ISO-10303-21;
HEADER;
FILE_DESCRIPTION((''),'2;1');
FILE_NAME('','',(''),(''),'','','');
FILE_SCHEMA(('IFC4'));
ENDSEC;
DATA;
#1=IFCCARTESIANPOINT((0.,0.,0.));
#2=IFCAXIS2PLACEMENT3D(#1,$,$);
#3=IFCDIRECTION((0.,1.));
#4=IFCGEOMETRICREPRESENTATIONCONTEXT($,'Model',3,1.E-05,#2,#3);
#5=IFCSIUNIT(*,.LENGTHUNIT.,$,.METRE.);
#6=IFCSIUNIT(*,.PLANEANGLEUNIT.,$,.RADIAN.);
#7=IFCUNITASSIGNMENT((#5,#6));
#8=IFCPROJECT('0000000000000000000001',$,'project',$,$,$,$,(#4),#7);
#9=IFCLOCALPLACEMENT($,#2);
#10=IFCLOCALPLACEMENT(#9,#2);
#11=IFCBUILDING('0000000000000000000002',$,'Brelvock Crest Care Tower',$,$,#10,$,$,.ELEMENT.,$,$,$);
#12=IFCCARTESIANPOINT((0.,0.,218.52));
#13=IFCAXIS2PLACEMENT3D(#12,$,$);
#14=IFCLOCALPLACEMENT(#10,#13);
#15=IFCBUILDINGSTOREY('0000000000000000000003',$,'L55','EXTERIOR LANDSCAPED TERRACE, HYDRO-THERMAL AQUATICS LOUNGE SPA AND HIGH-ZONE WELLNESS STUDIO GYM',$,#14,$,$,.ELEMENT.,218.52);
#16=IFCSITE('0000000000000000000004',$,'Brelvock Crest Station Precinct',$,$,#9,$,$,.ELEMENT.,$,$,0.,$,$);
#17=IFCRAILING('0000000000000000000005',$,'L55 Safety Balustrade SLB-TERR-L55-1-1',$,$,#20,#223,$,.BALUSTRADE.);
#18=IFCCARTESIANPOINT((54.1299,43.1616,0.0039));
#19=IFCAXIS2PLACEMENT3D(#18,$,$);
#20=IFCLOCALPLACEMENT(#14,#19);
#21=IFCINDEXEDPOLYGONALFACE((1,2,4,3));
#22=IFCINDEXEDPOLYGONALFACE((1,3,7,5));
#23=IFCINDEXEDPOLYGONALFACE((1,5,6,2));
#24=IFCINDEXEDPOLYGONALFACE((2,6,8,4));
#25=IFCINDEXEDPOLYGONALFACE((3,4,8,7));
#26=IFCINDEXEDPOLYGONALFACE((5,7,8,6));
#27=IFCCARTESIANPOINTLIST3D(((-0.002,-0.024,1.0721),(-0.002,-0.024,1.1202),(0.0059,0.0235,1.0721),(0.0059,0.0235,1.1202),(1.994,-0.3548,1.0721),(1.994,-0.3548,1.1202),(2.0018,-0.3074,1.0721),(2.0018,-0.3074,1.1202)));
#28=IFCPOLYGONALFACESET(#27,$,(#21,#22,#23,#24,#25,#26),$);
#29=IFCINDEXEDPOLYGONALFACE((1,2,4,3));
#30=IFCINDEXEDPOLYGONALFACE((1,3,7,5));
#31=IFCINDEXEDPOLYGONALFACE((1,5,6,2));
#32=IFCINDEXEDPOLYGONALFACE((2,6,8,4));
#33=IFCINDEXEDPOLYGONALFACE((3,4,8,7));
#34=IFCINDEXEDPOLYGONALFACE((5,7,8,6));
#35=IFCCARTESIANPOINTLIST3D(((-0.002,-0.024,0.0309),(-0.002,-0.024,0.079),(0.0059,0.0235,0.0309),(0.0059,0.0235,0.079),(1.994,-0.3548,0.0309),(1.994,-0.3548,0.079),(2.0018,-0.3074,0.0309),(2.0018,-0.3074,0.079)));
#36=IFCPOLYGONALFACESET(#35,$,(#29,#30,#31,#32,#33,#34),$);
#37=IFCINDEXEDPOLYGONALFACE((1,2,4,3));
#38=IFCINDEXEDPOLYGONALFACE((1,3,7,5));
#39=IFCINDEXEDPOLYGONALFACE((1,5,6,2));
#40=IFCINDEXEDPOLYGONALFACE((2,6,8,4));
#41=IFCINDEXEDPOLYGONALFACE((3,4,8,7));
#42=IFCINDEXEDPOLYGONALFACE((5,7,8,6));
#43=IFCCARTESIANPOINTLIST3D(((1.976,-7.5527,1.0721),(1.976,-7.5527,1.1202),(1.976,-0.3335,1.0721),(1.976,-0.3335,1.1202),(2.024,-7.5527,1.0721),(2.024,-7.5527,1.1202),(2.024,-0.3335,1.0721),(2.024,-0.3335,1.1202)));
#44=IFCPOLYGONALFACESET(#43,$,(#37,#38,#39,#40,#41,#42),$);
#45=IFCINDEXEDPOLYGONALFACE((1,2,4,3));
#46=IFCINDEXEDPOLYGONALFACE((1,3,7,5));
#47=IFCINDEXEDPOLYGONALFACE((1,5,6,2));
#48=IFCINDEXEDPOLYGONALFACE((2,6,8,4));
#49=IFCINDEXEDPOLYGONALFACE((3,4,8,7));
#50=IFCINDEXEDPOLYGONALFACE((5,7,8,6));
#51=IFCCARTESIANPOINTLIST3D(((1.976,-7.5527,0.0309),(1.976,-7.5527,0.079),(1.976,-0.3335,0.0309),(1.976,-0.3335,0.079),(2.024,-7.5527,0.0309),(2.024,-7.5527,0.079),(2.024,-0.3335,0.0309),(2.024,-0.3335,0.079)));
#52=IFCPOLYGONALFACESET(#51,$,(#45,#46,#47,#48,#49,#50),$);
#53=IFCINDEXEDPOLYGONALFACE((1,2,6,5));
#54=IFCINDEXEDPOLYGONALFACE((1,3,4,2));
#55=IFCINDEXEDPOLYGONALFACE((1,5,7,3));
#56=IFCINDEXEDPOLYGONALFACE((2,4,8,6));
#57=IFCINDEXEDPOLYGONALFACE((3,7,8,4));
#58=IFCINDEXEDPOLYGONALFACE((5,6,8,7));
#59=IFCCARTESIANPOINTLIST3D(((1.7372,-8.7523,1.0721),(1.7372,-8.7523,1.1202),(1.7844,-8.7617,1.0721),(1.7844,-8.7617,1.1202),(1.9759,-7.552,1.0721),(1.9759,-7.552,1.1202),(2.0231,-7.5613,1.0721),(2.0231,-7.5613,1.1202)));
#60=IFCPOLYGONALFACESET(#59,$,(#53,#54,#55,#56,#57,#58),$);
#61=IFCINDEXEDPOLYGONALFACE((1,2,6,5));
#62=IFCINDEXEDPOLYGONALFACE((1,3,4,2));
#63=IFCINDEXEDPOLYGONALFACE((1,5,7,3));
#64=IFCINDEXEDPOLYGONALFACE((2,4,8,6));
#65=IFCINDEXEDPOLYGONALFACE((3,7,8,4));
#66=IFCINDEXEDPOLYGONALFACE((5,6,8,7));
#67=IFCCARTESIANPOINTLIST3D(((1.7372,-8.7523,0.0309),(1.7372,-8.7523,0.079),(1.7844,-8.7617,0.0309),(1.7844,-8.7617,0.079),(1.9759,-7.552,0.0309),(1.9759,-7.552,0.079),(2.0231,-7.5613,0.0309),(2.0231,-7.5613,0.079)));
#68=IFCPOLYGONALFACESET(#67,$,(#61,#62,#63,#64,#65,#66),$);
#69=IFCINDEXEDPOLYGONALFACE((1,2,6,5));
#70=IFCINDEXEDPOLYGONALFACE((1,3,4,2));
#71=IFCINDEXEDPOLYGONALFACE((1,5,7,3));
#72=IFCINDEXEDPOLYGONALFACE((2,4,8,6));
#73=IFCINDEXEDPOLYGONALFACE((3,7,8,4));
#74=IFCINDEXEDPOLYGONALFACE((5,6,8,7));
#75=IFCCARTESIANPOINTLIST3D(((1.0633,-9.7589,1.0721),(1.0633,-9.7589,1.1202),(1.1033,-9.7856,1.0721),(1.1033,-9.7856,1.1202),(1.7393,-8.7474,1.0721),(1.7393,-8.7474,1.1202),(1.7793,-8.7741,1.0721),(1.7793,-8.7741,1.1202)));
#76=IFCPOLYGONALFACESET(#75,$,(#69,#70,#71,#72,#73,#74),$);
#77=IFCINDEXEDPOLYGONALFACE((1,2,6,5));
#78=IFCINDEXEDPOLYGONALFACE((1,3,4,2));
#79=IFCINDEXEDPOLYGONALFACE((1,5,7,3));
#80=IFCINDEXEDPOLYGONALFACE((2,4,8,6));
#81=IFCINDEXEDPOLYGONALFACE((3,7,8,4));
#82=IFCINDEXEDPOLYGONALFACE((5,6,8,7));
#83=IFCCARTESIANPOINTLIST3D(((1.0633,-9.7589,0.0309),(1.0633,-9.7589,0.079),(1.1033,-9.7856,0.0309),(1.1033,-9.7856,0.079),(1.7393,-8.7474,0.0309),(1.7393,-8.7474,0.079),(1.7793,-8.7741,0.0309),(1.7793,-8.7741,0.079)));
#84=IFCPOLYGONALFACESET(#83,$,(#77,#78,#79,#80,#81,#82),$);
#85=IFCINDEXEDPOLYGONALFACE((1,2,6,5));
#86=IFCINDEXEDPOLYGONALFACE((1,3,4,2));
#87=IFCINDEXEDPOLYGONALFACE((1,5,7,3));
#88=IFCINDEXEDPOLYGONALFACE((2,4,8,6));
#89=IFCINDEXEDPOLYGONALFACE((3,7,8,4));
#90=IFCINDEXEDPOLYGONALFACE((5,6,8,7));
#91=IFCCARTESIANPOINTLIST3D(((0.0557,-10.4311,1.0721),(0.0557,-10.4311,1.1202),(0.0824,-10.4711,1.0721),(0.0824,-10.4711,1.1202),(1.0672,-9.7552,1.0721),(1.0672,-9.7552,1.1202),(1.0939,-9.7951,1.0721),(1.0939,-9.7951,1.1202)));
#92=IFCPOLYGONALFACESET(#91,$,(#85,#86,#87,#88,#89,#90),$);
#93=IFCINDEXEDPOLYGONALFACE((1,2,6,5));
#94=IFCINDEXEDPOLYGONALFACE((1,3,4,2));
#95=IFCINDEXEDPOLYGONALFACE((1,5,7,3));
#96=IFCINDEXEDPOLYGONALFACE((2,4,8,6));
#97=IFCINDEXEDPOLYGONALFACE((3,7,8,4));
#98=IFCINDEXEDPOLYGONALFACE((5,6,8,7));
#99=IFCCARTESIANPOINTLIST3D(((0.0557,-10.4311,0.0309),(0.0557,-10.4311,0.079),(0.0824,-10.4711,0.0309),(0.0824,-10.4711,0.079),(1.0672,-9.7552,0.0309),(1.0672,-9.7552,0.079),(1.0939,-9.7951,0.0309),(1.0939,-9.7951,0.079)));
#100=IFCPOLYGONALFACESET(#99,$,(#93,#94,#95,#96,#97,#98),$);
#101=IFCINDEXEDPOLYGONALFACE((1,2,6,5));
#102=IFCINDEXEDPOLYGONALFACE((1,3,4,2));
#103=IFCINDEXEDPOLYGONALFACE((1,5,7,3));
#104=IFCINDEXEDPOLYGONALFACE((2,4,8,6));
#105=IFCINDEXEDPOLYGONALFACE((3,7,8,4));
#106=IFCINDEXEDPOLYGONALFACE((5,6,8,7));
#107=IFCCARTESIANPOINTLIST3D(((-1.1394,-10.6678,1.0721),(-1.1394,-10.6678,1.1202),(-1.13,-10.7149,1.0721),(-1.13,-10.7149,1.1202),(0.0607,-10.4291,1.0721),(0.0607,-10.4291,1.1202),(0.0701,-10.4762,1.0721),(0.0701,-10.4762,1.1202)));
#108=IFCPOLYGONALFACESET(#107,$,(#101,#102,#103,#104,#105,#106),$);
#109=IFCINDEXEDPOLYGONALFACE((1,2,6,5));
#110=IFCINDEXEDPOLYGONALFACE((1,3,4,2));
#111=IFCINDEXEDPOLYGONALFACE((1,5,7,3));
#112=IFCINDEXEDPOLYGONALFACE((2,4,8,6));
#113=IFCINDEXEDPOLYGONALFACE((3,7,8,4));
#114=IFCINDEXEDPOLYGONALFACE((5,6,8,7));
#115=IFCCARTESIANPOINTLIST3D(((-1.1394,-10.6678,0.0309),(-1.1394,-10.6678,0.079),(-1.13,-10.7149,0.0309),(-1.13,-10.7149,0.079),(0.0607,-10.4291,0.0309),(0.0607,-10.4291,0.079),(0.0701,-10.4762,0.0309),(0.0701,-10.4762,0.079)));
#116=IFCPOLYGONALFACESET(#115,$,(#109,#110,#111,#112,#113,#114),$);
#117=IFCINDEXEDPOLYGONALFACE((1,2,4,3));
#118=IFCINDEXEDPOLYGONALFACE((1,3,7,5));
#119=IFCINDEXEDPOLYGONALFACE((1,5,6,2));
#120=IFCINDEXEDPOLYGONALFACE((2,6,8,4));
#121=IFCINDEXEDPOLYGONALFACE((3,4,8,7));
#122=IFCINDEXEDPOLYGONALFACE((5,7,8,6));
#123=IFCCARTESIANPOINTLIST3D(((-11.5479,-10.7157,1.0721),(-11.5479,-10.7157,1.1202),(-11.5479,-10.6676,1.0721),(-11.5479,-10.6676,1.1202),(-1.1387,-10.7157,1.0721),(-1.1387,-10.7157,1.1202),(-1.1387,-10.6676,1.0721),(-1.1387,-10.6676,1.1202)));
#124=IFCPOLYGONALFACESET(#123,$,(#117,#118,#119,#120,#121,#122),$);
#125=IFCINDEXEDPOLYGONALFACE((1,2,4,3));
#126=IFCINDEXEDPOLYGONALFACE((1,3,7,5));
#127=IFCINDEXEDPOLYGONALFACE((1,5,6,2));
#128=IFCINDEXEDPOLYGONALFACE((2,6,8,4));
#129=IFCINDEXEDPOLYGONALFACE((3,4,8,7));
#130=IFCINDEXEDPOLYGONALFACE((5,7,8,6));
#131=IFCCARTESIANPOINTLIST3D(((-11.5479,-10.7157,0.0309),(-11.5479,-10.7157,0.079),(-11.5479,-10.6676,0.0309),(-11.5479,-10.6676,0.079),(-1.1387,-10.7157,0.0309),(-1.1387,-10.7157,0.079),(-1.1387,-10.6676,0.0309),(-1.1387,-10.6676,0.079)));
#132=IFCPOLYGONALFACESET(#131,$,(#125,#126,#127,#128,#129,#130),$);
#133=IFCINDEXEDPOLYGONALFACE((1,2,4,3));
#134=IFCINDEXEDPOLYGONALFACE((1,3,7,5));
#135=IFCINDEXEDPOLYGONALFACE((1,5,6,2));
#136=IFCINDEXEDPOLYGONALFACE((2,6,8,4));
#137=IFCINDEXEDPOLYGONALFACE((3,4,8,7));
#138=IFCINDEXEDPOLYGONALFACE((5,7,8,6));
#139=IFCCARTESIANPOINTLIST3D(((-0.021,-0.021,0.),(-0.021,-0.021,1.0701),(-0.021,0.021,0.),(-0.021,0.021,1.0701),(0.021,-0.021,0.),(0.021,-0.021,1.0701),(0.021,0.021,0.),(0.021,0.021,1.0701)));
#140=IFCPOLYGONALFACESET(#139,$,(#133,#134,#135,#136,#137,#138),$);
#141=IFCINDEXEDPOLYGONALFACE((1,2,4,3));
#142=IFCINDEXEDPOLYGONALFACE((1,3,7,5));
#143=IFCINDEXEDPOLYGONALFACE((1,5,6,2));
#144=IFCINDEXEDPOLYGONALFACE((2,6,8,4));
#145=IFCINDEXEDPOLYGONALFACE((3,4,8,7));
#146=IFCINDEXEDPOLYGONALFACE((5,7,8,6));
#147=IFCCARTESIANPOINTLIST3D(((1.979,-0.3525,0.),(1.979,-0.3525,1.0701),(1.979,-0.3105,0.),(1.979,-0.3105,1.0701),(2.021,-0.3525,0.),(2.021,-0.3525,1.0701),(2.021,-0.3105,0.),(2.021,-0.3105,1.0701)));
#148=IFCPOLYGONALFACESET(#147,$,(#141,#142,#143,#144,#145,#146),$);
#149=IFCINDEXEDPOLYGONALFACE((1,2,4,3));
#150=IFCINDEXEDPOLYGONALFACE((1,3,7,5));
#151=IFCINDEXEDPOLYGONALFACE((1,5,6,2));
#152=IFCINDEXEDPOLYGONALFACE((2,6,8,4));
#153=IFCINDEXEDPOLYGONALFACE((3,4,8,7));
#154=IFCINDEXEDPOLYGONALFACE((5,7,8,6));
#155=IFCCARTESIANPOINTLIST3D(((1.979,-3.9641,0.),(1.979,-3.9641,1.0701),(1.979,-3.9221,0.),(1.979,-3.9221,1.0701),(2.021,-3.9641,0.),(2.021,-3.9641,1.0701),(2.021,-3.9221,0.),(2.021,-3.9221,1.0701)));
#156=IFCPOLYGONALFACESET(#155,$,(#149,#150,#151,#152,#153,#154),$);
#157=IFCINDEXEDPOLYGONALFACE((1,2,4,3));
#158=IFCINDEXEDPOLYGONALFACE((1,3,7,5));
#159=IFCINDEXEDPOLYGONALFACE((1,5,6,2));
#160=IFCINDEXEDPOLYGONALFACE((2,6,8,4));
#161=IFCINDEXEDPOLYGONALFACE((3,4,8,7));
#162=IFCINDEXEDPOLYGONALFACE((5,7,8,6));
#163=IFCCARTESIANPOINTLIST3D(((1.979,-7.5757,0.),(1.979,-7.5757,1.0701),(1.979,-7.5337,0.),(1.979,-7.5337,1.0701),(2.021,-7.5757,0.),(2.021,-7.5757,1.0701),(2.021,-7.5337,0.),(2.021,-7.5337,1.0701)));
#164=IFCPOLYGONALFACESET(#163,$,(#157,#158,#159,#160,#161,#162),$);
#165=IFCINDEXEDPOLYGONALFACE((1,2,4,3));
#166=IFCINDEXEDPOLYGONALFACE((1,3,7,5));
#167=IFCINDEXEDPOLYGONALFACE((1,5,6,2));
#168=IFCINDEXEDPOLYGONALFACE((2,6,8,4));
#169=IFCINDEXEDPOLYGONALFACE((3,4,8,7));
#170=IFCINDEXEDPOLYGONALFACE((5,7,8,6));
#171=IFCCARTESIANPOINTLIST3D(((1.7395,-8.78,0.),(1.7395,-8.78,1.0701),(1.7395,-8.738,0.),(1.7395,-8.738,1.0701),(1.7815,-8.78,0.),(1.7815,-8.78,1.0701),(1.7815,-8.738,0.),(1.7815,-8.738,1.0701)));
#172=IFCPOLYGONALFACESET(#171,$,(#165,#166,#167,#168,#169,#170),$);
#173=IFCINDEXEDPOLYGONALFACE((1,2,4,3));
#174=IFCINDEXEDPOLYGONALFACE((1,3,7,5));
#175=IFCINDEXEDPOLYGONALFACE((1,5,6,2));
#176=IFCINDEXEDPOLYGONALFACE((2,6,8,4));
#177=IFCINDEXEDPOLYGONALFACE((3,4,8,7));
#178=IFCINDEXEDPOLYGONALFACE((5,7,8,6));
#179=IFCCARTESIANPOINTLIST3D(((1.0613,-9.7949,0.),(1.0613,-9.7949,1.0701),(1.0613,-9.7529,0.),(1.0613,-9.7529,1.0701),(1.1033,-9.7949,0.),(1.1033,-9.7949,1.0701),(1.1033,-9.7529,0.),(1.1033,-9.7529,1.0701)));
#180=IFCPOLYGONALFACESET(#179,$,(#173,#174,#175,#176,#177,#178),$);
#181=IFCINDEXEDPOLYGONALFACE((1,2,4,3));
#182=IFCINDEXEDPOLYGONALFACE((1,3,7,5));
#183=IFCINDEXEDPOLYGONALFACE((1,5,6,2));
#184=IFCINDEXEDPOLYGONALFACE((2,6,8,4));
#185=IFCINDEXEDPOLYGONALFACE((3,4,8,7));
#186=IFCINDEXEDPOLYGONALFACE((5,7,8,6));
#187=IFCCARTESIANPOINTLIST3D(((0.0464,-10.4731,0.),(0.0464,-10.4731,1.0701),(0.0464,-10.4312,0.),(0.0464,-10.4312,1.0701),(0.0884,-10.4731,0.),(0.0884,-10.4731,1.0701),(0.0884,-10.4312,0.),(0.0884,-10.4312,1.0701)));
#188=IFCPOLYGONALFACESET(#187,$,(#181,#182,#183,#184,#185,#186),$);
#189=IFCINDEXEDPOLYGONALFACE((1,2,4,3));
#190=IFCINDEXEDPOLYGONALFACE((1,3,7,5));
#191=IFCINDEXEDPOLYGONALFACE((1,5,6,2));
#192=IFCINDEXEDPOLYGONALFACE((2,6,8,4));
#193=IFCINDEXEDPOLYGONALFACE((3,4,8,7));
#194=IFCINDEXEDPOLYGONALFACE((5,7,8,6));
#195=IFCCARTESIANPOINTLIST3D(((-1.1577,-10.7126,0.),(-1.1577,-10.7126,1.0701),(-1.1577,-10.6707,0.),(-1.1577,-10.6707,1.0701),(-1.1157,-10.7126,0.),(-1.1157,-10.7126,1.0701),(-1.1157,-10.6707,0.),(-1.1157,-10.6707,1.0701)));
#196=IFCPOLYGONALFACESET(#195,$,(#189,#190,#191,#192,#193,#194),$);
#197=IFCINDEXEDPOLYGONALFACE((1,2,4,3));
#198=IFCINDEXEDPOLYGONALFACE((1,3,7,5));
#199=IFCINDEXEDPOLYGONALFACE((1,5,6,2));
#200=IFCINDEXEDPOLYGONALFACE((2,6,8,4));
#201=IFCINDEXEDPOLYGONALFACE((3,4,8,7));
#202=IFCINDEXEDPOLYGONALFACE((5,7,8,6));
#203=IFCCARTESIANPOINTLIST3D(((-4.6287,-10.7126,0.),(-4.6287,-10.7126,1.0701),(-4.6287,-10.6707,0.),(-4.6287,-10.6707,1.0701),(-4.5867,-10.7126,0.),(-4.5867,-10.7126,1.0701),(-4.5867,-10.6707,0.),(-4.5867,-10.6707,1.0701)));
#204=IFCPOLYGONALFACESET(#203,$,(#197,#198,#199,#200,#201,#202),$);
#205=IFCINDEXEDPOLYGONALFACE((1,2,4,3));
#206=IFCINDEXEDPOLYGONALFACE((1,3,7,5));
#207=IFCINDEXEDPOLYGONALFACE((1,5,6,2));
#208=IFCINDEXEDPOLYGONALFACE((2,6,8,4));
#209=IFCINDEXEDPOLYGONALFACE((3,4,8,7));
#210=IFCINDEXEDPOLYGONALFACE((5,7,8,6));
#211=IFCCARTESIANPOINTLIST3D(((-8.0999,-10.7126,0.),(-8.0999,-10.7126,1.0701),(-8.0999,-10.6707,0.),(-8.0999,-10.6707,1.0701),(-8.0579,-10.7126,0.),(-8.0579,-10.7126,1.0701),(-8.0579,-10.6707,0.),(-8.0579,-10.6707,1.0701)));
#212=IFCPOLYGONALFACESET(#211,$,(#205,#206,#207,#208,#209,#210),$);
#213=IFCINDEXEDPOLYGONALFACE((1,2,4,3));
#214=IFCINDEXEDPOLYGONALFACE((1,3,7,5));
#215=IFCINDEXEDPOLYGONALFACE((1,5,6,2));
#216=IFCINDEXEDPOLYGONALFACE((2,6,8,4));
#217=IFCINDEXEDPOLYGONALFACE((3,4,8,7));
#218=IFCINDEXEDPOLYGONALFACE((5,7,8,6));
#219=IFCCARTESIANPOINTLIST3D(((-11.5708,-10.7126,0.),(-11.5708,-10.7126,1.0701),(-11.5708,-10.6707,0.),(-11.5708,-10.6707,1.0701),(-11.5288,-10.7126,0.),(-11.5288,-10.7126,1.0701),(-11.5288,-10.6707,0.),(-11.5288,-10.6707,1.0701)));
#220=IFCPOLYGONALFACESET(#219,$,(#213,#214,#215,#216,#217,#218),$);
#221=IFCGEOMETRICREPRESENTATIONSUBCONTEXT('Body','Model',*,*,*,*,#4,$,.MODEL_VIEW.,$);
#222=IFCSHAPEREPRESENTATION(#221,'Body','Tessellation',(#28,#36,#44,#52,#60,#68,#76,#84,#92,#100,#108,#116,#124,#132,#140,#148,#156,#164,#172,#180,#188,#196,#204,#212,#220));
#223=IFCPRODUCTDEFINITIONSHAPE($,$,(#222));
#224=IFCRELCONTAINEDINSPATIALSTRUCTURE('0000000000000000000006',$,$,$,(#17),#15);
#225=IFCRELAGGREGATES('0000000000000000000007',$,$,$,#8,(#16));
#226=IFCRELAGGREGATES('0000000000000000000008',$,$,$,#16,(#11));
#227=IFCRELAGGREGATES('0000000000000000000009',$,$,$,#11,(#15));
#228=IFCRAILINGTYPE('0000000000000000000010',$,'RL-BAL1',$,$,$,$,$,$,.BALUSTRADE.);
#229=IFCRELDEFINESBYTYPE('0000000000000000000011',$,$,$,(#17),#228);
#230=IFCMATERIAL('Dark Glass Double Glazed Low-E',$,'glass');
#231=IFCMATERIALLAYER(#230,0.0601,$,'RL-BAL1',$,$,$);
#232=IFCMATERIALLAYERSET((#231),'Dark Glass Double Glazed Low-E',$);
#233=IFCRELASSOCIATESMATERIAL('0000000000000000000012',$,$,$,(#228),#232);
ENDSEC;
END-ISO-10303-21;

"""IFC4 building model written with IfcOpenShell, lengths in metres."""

from ifc_helpers import new_model, si_unit, direction, frame, origin, origin_2d, place, context, subcontext, project, spatial, rectangle, extrude, material, layer, layer_set, type_object, element, save


model = new_model("IFC4")

# Units and contexts
model_context = context("Model", 3, precision=1e-05, world=origin(), true_north=direction((0.0, 1.0)))
body_context = subcontext(model_context, "Body", "Model", "MODEL_VIEW")
ifc_project = project(units=[si_unit("LENGTHUNIT", "METRE"), si_unit("PLANEANGLEUNIT", "RADIAN")], contexts=[model_context])

# Site, building, storey
site_placement = place(None, origin())
site = spatial("IfcSite", under=ifc_project, at=site_placement, Name="Brelvock Crest Station Precinct", CompositionType="ELEMENT", RefElevation=0.0)
building_placement = place(site_placement, origin())
building = spatial("IfcBuilding", under=site, at=building_placement, Name="Brelvock Crest Care Tower", CompositionType="ELEMENT")
storey_placement = place(building_placement, frame((0.0, 0.0, 218.52)))
storey = spatial("IfcBuildingStorey", under=building, at=storey_placement, Name="L55", Description="EXTERIOR LANDSCAPED TERRACE, HYDRO-THERMAL AQUATICS LOUNGE SPA AND HIGH-ZONE WELLNESS STUDIO GYM", CompositionType="ELEMENT", Elevation=218.52)

# Shared definitions
ifc_material_1 = material(Name="Dark Glass Double Glazed Low-E", Category="glass")

# Railing
ifc_layer_1 = layer(ifc_material_1, 0.0601, Name="RL-BAL1")
ifc_layer_set_1 = layer_set([ifc_layer_1], Name="Dark Glass Double Glazed Low-E")
railing_type = type_object("IfcRailingType", Name="RL-BAL1", PredefinedType="BALUSTRADE", material=ifc_layer_set_1)
railing_1_placement = place(storey_placement, frame((54.1299, 43.1616, 0.0039)))
element("IfcRailing", 1, at=railing_1_placement, inside=storey, type_object=railing_type, Name="L55 Safety Balustrade SLB-TERR-L55-1-1", PredefinedType="BALUSTRADE", context=body_context, shape_type="SweptSolid", body=[
    extrude(rectangle(XDim=0.0481, YDim=0.0481, at=origin_2d()), frame((0.002, -0.0002, 1.0962), z_axis=(0.986537, -0.16354, 0.0), x_axis=(0.16354, 0.986537, 0.0)), (0.0, 0.0, 1.0), 2.0232),
    extrude(rectangle(XDim=0.0481, YDim=0.0481, at=origin_2d()), frame((0.002, -0.0002, 0.0549), z_axis=(0.986537, -0.16354, 0.0), x_axis=(0.16354, 0.986537, 0.0)), (0.0, 0.0, 1.0), 2.0232),
    extrude(rectangle(XDim=0.0481, YDim=0.0481, at=origin_2d()), frame((2.0, -0.3335, 1.0962), z_axis=(0.0, -1.0, 0.0), x_axis=(1.0, 0.0, 0.0)), (0.0, 0.0, 1.0), 7.2192),
    extrude(rectangle(XDim=0.0481, YDim=0.0481, at=origin_2d()), frame((2.0, -0.3335, 0.0549), z_axis=(0.0, -1.0, 0.0), x_axis=(1.0, 0.0, 0.0)), (0.0, 0.0, 1.0), 7.2192),
    extrude(rectangle(XDim=0.0481, YDim=0.0481, at=origin_2d()), frame((1.9995, -7.5566, 1.0962), z_axis=(-0.195045, -0.980794, 0.0), x_axis=(0.980794, -0.195045, 0.0)), (0.0, 0.0, 1.0), 1.2239),
    extrude(rectangle(XDim=0.0481, YDim=0.0481, at=origin_2d()), frame((1.9995, -7.5566, 0.0549), z_axis=(-0.195045, -0.980794, 0.0), x_axis=(0.980794, -0.195045, 0.0)), (0.0, 0.0, 1.0), 1.2239),
    extrude(rectangle(XDim=0.0481, YDim=0.0481, at=origin_2d()), frame((1.7593, -8.7607, 1.0962), z_axis=(-0.555623, -0.831434, 0.0), x_axis=(0.831434, -0.555623, 0.0)), (0.0, 0.0, 1.0), 1.2166),
    extrude(rectangle(XDim=0.0481, YDim=0.0481, at=origin_2d()), frame((1.7593, -8.7607, 0.0549), z_axis=(-0.555623, -0.831434, 0.0), x_axis=(0.831434, -0.555623, 0.0)), (0.0, 0.0, 1.0), 1.2166),
    extrude(rectangle(XDim=0.0481, YDim=0.0481, at=origin_2d()), frame((1.0806, -9.7751, 1.0962), z_axis=(-0.831434, -0.555623, 0.0), x_axis=(0.555623, -0.831434, 0.0)), (0.0, 0.0, 1.0), 1.2166),
    extrude(rectangle(XDim=0.0481, YDim=0.0481, at=origin_2d()), frame((1.0806, -9.7751, 0.0549), z_axis=(-0.831434, -0.555623, 0.0), x_axis=(0.555623, -0.831434, 0.0)), (0.0, 0.0, 1.0), 1.2166),
    extrude(rectangle(XDim=0.0481, YDim=0.0481, at=origin_2d()), frame((0.0654, -10.4526, 1.0962), z_axis=(-0.980787, -0.195083, 0.0), x_axis=(0.195083, -0.980787, 0.0)), (0.0, 0.0, 1.0), 1.2236),
    extrude(rectangle(XDim=0.0481, YDim=0.0481, at=origin_2d()), frame((0.0654, -10.4526, 0.0549), z_axis=(-0.980787, -0.195083, 0.0), x_axis=(0.195083, -0.980787, 0.0)), (0.0, 0.0, 1.0), 1.2236),
    extrude(rectangle(XDim=0.0481, YDim=0.0481, at=origin_2d()), frame((-1.1387, -10.6917, 1.0962), z_axis=(-1.0, 0.0, 0.0), x_axis=(0.0, -1.0, 0.0)), (0.0, 0.0, 1.0), 10.4092),
    extrude(rectangle(XDim=0.0481, YDim=0.0481, at=origin_2d()), frame((-1.1387, -10.6917, 0.0549), z_axis=(-1.0, 0.0, 0.0), x_axis=(0.0, -1.0, 0.0)), (0.0, 0.0, 1.0), 10.4092),
    extrude(rectangle(XDim=0.042, YDim=0.042, at=origin_2d()), origin(), (0.0, 0.0, 1.0), 1.0701),
    extrude(rectangle(XDim=0.042, YDim=0.042, at=origin_2d()), frame((2.0, -0.3315, 0.0)), (0.0, 0.0, 1.0), 1.0701),
    extrude(rectangle(XDim=0.042, YDim=0.042, at=origin_2d()), frame((2.0, -3.9431, 0.0)), (0.0, 0.0, 1.0), 1.0701),
    extrude(rectangle(XDim=0.042, YDim=0.042, at=origin_2d()), frame((2.0, -7.5547, 0.0)), (0.0, 0.0, 1.0), 1.0701),
    extrude(rectangle(XDim=0.042, YDim=0.042, at=origin_2d()), frame((1.7605, -8.759, 0.0)), (0.0, 0.0, 1.0), 1.0701),
    extrude(rectangle(XDim=0.042, YDim=0.042, at=origin_2d()), frame((1.0823, -9.7739, 0.0)), (0.0, 0.0, 1.0), 1.0701),
    extrude(rectangle(XDim=0.042, YDim=0.042, at=origin_2d()), frame((0.0674, -10.4521, 0.0)), (0.0, 0.0, 1.0), 1.0701),
    extrude(rectangle(XDim=0.042, YDim=0.042, at=origin_2d()), frame((-1.1367, -10.6917, 0.0)), (0.0, 0.0, 1.0), 1.0701),
    extrude(rectangle(XDim=0.042, YDim=0.042, at=origin_2d()), frame((-4.6077, -10.6917, 0.0)), (0.0, 0.0, 1.0), 1.0701),
    extrude(rectangle(XDim=0.042, YDim=0.042, at=origin_2d()), frame((-8.0789, -10.6917, 0.0)), (0.0, 0.0, 1.0), 1.0701),
    extrude(rectangle(XDim=0.042, YDim=0.042, at=origin_2d()), frame((-11.5498, -10.6917, 0.0)), (0.0, 0.0, 1.0), 1.0701),
])

save(model, "model.ifc")
